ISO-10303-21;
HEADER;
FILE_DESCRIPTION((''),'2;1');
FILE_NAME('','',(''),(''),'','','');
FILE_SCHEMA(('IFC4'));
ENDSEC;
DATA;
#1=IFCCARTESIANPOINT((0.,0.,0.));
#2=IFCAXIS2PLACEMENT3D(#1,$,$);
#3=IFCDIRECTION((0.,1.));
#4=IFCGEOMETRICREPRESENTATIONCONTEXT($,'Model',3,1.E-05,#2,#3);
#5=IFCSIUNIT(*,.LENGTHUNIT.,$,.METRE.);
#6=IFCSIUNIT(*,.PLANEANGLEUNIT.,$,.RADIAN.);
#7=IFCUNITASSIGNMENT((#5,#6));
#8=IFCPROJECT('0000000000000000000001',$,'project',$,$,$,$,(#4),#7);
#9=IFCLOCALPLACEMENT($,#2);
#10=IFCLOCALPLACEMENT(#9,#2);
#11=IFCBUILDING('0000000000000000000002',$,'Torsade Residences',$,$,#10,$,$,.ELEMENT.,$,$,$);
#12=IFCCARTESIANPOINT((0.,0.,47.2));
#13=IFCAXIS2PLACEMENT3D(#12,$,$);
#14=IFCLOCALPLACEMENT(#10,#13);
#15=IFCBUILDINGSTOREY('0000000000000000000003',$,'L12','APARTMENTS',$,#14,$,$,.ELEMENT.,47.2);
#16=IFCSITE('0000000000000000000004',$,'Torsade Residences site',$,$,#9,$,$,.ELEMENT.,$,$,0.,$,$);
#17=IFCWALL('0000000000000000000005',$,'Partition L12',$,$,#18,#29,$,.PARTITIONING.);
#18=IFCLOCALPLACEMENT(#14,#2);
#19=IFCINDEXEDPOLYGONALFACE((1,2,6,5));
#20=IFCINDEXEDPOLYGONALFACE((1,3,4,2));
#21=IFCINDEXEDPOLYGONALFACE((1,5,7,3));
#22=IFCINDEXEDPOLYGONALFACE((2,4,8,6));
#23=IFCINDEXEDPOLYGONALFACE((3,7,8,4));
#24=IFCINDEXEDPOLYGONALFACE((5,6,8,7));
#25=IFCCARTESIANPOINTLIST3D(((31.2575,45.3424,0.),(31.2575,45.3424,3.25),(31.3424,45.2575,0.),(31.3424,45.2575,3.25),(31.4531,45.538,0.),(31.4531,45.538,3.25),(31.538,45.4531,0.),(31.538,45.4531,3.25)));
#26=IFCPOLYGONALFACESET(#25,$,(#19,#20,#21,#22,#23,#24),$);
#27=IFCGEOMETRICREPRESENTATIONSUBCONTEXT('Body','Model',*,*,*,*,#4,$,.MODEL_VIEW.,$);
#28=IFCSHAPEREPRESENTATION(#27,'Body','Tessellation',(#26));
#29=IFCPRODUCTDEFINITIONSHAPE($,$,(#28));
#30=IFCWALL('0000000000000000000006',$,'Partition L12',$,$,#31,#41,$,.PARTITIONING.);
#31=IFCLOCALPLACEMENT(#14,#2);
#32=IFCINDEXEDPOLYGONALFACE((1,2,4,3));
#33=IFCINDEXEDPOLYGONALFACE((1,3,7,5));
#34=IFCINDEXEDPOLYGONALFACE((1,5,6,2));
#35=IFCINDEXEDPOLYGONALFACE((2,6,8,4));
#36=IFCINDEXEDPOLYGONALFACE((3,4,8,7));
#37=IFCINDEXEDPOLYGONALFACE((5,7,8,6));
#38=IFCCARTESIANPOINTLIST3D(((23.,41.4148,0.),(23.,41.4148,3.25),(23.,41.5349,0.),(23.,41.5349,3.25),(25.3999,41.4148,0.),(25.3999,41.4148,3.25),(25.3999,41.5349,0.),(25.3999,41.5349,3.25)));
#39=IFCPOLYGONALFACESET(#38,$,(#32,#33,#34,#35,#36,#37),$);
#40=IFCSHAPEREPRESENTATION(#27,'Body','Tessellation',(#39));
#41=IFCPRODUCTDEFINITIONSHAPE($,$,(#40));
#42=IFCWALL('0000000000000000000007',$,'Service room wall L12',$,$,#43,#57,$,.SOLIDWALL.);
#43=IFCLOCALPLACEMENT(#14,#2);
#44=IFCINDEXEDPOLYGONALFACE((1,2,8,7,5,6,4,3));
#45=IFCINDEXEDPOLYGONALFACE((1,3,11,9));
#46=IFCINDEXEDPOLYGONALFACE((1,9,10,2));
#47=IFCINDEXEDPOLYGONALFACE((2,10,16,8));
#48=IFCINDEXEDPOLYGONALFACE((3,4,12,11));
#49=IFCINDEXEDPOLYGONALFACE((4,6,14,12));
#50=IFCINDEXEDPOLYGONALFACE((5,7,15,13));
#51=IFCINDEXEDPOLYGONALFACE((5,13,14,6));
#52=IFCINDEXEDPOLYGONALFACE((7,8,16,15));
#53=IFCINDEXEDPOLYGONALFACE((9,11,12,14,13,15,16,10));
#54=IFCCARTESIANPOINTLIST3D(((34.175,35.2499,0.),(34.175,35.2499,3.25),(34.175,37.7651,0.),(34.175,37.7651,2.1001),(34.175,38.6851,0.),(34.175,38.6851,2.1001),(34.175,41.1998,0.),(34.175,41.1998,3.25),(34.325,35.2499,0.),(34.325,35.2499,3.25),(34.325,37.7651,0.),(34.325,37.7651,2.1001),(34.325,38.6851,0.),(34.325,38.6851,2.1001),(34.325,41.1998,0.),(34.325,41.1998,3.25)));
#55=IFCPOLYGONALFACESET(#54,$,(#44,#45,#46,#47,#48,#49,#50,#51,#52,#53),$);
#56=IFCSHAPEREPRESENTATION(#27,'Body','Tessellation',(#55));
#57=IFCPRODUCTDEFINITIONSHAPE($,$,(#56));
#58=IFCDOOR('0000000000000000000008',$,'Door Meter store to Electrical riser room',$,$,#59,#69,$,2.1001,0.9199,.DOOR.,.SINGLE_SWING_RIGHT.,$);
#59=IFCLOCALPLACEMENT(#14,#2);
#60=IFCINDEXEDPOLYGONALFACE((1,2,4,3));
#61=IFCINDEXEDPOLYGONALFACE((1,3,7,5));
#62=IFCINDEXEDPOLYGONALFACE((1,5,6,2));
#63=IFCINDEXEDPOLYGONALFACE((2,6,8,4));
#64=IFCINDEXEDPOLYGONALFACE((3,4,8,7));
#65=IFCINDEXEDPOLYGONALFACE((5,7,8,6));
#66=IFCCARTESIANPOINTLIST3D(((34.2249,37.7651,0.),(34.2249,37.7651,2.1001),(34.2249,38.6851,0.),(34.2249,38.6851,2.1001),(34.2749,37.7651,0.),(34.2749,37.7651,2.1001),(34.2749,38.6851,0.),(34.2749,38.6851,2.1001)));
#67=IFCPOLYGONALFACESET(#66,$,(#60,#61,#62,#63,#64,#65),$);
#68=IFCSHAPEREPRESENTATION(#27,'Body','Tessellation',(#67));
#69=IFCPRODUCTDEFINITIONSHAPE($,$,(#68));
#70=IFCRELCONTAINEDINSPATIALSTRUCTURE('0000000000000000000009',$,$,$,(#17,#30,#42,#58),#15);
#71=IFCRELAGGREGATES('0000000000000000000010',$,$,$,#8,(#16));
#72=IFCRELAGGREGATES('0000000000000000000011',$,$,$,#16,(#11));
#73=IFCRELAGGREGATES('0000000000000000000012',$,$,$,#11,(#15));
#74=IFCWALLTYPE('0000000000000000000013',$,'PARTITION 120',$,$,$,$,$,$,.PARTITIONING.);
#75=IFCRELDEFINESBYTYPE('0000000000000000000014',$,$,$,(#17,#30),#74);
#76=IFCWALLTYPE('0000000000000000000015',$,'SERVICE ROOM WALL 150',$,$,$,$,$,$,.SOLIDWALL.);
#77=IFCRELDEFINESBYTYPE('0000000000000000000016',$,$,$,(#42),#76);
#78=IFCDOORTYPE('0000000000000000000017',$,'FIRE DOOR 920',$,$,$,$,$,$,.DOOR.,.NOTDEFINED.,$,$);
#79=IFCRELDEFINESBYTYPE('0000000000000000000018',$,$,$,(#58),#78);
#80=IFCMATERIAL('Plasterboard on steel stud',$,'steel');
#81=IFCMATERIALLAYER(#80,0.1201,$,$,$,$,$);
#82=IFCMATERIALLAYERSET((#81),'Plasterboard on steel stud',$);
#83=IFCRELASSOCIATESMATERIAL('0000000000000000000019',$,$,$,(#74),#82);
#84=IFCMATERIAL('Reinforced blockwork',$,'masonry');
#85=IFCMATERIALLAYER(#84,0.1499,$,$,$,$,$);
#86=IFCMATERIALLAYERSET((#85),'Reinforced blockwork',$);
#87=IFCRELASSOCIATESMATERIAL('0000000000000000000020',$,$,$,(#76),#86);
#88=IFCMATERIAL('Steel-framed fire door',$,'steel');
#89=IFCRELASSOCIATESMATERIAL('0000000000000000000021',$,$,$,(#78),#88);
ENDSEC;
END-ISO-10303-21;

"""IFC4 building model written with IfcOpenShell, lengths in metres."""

from ifc_helpers import new_model, si_unit, direction, frame, frame_2d, origin, place, context, subcontext, project, spatial, rectangle, extrude, material, layer, layer_set, type_object, element, fill, save


model = new_model("IFC4")

# Units and contexts
model_context = context("Model", 3, precision=1e-05, world=origin(), true_north=direction((0.0, 1.0)))
body_context = subcontext(model_context, "Body", "Model", "MODEL_VIEW")
ifc_project = project(units=[si_unit("LENGTHUNIT", "METRE"), si_unit("PLANEANGLEUNIT", "RADIAN")], contexts=[model_context])

# Site, building, storey
site_placement = place(None, origin())
site = spatial("IfcSite", under=ifc_project, at=site_placement, Name="Torsade Residences site", CompositionType="ELEMENT", RefElevation=0.0)
building_placement = place(site_placement, origin())
building = spatial("IfcBuilding", under=site, at=building_placement, Name="Torsade Residences", CompositionType="ELEMENT")
storey_placement = place(building_placement, frame((0.0, 0.0, 47.2)))
storey = spatial("IfcBuildingStorey", under=building, at=storey_placement, Name="L12", Description="APARTMENTS", CompositionType="ELEMENT", Elevation=47.2)

# Shared definitions
ifc_material_1 = material(Name="Plasterboard on steel stud", Category="steel")
ifc_layer_1 = layer(ifc_material_1, 0.1201)
ifc_layer_set_1 = layer_set([ifc_layer_1], Name="Plasterboard on steel stud")
wall_type_1 = type_object("IfcWallType", Name="PARTITION 120", PredefinedType="PARTITIONING", material=ifc_layer_set_1)

# Walls
wall_1_placement = place(storey_placement, frame((31.3, 45.3, 0.0), z_axis=(0.0, 0.0, 1.0), x_axis=(0.707107, 0.707107, 0.0)))
element("IfcWall", 1, at=wall_1_placement, inside=storey, type_object=wall_type_1, Name="Partition L12", PredefinedType="PARTITIONING", context=body_context, shape_type="SweptSolid", body=[
    extrude(rectangle(XDim=0.2766, YDim=0.1201, at=frame_2d((0.1382, 0.0))), origin(), (0.0, 0.0, 1.0), 3.25),
])
wall_2_placement = place(storey_placement, frame((25.3999, 41.4749, 0.0), z_axis=(0.0, 0.0, 1.0), x_axis=(-1.0, 0.0, 0.0)))
element("IfcWall", 2, at=wall_2_placement, inside=storey, type_object=wall_type_1, Name="Partition L12", PredefinedType="PARTITIONING", context=body_context, shape_type="SweptSolid", body=[
    extrude(rectangle(XDim=2.3999, YDim=0.1201, at=frame_2d((1.2, 0.0))), origin(), (0.0, 0.0, 1.0), 3.25),
])

# Wall, opening, door
ifc_material_2 = material(Name="Reinforced blockwork", Category="masonry")
ifc_layer_2 = layer(ifc_material_2, 0.1499)
ifc_layer_set_2 = layer_set([ifc_layer_2], Name="Reinforced blockwork")
wall_type_2 = type_object("IfcWallType", Name="SERVICE ROOM WALL 150", PredefinedType="SOLIDWALL", material=ifc_layer_set_2)
wall_3_placement = place(storey_placement, frame((34.25, 41.2, 0.0), z_axis=(0.0, 0.0, 1.0), x_axis=(0.0, -1.0, 0.0)))
wall_3 = element("IfcWall", 3, at=wall_3_placement, inside=storey, type_object=wall_type_2, Name="Service room wall L12", PredefinedType="SOLIDWALL", context=body_context, shape_type="SweptSolid", body=[
    extrude(rectangle(XDim=5.95, YDim=0.1499, at=frame_2d((2.9751, 0.0))), origin(), (0.0, 0.0, 1.0), 3.25),
])
opening_1_placement = place(wall_3_placement, frame((2.5149, 0.0, 0.0)))
opening_1 = element("IfcOpeningElement", 4, at=opening_1_placement, cuts=wall_3, PredefinedType="OPENING", context=body_context, shape_type="SweptSolid", body=[
    extrude(rectangle(XDim=0.9199, YDim=2.1001, at=frame_2d((0.46, 1.05))), frame((0.0, 0.085, 0.0), z_axis=(0.0, -1.0, 0.0), x_axis=(1.0, 0.0, 0.0)), (0.0, 0.0, 1.0), 0.1699),
])
ifc_material_3 = material(Name="Steel-framed fire door", Category="steel")
door_type_1 = type_object("IfcDoorType", Name="FIRE DOOR 920", OperationType="NOTDEFINED", PredefinedType="DOOR", material=ifc_material_3)
door_1_placement = place(opening_1_placement, origin())
door_1 = element("IfcDoor", 5, at=door_1_placement, inside=storey, type_object=door_type_1, Name="Door Meter store to Electrical riser room", OperationType="SINGLE_SWING_RIGHT", OverallHeight=2.1001, OverallWidth=0.9199, PredefinedType="DOOR", context=body_context, shape_type="SweptSolid", body=[
    extrude(rectangle(XDim=0.9199, YDim=2.1001, at=frame_2d((0.46, 1.05))), frame((0.0, 0.0249, 0.0), z_axis=(0.0, -1.0, 0.0), x_axis=(1.0, 0.0, 0.0)), (0.0, 0.0, 1.0), 0.05),
])
fill(opening_1, door_1)

save(model, "model.ifc")
